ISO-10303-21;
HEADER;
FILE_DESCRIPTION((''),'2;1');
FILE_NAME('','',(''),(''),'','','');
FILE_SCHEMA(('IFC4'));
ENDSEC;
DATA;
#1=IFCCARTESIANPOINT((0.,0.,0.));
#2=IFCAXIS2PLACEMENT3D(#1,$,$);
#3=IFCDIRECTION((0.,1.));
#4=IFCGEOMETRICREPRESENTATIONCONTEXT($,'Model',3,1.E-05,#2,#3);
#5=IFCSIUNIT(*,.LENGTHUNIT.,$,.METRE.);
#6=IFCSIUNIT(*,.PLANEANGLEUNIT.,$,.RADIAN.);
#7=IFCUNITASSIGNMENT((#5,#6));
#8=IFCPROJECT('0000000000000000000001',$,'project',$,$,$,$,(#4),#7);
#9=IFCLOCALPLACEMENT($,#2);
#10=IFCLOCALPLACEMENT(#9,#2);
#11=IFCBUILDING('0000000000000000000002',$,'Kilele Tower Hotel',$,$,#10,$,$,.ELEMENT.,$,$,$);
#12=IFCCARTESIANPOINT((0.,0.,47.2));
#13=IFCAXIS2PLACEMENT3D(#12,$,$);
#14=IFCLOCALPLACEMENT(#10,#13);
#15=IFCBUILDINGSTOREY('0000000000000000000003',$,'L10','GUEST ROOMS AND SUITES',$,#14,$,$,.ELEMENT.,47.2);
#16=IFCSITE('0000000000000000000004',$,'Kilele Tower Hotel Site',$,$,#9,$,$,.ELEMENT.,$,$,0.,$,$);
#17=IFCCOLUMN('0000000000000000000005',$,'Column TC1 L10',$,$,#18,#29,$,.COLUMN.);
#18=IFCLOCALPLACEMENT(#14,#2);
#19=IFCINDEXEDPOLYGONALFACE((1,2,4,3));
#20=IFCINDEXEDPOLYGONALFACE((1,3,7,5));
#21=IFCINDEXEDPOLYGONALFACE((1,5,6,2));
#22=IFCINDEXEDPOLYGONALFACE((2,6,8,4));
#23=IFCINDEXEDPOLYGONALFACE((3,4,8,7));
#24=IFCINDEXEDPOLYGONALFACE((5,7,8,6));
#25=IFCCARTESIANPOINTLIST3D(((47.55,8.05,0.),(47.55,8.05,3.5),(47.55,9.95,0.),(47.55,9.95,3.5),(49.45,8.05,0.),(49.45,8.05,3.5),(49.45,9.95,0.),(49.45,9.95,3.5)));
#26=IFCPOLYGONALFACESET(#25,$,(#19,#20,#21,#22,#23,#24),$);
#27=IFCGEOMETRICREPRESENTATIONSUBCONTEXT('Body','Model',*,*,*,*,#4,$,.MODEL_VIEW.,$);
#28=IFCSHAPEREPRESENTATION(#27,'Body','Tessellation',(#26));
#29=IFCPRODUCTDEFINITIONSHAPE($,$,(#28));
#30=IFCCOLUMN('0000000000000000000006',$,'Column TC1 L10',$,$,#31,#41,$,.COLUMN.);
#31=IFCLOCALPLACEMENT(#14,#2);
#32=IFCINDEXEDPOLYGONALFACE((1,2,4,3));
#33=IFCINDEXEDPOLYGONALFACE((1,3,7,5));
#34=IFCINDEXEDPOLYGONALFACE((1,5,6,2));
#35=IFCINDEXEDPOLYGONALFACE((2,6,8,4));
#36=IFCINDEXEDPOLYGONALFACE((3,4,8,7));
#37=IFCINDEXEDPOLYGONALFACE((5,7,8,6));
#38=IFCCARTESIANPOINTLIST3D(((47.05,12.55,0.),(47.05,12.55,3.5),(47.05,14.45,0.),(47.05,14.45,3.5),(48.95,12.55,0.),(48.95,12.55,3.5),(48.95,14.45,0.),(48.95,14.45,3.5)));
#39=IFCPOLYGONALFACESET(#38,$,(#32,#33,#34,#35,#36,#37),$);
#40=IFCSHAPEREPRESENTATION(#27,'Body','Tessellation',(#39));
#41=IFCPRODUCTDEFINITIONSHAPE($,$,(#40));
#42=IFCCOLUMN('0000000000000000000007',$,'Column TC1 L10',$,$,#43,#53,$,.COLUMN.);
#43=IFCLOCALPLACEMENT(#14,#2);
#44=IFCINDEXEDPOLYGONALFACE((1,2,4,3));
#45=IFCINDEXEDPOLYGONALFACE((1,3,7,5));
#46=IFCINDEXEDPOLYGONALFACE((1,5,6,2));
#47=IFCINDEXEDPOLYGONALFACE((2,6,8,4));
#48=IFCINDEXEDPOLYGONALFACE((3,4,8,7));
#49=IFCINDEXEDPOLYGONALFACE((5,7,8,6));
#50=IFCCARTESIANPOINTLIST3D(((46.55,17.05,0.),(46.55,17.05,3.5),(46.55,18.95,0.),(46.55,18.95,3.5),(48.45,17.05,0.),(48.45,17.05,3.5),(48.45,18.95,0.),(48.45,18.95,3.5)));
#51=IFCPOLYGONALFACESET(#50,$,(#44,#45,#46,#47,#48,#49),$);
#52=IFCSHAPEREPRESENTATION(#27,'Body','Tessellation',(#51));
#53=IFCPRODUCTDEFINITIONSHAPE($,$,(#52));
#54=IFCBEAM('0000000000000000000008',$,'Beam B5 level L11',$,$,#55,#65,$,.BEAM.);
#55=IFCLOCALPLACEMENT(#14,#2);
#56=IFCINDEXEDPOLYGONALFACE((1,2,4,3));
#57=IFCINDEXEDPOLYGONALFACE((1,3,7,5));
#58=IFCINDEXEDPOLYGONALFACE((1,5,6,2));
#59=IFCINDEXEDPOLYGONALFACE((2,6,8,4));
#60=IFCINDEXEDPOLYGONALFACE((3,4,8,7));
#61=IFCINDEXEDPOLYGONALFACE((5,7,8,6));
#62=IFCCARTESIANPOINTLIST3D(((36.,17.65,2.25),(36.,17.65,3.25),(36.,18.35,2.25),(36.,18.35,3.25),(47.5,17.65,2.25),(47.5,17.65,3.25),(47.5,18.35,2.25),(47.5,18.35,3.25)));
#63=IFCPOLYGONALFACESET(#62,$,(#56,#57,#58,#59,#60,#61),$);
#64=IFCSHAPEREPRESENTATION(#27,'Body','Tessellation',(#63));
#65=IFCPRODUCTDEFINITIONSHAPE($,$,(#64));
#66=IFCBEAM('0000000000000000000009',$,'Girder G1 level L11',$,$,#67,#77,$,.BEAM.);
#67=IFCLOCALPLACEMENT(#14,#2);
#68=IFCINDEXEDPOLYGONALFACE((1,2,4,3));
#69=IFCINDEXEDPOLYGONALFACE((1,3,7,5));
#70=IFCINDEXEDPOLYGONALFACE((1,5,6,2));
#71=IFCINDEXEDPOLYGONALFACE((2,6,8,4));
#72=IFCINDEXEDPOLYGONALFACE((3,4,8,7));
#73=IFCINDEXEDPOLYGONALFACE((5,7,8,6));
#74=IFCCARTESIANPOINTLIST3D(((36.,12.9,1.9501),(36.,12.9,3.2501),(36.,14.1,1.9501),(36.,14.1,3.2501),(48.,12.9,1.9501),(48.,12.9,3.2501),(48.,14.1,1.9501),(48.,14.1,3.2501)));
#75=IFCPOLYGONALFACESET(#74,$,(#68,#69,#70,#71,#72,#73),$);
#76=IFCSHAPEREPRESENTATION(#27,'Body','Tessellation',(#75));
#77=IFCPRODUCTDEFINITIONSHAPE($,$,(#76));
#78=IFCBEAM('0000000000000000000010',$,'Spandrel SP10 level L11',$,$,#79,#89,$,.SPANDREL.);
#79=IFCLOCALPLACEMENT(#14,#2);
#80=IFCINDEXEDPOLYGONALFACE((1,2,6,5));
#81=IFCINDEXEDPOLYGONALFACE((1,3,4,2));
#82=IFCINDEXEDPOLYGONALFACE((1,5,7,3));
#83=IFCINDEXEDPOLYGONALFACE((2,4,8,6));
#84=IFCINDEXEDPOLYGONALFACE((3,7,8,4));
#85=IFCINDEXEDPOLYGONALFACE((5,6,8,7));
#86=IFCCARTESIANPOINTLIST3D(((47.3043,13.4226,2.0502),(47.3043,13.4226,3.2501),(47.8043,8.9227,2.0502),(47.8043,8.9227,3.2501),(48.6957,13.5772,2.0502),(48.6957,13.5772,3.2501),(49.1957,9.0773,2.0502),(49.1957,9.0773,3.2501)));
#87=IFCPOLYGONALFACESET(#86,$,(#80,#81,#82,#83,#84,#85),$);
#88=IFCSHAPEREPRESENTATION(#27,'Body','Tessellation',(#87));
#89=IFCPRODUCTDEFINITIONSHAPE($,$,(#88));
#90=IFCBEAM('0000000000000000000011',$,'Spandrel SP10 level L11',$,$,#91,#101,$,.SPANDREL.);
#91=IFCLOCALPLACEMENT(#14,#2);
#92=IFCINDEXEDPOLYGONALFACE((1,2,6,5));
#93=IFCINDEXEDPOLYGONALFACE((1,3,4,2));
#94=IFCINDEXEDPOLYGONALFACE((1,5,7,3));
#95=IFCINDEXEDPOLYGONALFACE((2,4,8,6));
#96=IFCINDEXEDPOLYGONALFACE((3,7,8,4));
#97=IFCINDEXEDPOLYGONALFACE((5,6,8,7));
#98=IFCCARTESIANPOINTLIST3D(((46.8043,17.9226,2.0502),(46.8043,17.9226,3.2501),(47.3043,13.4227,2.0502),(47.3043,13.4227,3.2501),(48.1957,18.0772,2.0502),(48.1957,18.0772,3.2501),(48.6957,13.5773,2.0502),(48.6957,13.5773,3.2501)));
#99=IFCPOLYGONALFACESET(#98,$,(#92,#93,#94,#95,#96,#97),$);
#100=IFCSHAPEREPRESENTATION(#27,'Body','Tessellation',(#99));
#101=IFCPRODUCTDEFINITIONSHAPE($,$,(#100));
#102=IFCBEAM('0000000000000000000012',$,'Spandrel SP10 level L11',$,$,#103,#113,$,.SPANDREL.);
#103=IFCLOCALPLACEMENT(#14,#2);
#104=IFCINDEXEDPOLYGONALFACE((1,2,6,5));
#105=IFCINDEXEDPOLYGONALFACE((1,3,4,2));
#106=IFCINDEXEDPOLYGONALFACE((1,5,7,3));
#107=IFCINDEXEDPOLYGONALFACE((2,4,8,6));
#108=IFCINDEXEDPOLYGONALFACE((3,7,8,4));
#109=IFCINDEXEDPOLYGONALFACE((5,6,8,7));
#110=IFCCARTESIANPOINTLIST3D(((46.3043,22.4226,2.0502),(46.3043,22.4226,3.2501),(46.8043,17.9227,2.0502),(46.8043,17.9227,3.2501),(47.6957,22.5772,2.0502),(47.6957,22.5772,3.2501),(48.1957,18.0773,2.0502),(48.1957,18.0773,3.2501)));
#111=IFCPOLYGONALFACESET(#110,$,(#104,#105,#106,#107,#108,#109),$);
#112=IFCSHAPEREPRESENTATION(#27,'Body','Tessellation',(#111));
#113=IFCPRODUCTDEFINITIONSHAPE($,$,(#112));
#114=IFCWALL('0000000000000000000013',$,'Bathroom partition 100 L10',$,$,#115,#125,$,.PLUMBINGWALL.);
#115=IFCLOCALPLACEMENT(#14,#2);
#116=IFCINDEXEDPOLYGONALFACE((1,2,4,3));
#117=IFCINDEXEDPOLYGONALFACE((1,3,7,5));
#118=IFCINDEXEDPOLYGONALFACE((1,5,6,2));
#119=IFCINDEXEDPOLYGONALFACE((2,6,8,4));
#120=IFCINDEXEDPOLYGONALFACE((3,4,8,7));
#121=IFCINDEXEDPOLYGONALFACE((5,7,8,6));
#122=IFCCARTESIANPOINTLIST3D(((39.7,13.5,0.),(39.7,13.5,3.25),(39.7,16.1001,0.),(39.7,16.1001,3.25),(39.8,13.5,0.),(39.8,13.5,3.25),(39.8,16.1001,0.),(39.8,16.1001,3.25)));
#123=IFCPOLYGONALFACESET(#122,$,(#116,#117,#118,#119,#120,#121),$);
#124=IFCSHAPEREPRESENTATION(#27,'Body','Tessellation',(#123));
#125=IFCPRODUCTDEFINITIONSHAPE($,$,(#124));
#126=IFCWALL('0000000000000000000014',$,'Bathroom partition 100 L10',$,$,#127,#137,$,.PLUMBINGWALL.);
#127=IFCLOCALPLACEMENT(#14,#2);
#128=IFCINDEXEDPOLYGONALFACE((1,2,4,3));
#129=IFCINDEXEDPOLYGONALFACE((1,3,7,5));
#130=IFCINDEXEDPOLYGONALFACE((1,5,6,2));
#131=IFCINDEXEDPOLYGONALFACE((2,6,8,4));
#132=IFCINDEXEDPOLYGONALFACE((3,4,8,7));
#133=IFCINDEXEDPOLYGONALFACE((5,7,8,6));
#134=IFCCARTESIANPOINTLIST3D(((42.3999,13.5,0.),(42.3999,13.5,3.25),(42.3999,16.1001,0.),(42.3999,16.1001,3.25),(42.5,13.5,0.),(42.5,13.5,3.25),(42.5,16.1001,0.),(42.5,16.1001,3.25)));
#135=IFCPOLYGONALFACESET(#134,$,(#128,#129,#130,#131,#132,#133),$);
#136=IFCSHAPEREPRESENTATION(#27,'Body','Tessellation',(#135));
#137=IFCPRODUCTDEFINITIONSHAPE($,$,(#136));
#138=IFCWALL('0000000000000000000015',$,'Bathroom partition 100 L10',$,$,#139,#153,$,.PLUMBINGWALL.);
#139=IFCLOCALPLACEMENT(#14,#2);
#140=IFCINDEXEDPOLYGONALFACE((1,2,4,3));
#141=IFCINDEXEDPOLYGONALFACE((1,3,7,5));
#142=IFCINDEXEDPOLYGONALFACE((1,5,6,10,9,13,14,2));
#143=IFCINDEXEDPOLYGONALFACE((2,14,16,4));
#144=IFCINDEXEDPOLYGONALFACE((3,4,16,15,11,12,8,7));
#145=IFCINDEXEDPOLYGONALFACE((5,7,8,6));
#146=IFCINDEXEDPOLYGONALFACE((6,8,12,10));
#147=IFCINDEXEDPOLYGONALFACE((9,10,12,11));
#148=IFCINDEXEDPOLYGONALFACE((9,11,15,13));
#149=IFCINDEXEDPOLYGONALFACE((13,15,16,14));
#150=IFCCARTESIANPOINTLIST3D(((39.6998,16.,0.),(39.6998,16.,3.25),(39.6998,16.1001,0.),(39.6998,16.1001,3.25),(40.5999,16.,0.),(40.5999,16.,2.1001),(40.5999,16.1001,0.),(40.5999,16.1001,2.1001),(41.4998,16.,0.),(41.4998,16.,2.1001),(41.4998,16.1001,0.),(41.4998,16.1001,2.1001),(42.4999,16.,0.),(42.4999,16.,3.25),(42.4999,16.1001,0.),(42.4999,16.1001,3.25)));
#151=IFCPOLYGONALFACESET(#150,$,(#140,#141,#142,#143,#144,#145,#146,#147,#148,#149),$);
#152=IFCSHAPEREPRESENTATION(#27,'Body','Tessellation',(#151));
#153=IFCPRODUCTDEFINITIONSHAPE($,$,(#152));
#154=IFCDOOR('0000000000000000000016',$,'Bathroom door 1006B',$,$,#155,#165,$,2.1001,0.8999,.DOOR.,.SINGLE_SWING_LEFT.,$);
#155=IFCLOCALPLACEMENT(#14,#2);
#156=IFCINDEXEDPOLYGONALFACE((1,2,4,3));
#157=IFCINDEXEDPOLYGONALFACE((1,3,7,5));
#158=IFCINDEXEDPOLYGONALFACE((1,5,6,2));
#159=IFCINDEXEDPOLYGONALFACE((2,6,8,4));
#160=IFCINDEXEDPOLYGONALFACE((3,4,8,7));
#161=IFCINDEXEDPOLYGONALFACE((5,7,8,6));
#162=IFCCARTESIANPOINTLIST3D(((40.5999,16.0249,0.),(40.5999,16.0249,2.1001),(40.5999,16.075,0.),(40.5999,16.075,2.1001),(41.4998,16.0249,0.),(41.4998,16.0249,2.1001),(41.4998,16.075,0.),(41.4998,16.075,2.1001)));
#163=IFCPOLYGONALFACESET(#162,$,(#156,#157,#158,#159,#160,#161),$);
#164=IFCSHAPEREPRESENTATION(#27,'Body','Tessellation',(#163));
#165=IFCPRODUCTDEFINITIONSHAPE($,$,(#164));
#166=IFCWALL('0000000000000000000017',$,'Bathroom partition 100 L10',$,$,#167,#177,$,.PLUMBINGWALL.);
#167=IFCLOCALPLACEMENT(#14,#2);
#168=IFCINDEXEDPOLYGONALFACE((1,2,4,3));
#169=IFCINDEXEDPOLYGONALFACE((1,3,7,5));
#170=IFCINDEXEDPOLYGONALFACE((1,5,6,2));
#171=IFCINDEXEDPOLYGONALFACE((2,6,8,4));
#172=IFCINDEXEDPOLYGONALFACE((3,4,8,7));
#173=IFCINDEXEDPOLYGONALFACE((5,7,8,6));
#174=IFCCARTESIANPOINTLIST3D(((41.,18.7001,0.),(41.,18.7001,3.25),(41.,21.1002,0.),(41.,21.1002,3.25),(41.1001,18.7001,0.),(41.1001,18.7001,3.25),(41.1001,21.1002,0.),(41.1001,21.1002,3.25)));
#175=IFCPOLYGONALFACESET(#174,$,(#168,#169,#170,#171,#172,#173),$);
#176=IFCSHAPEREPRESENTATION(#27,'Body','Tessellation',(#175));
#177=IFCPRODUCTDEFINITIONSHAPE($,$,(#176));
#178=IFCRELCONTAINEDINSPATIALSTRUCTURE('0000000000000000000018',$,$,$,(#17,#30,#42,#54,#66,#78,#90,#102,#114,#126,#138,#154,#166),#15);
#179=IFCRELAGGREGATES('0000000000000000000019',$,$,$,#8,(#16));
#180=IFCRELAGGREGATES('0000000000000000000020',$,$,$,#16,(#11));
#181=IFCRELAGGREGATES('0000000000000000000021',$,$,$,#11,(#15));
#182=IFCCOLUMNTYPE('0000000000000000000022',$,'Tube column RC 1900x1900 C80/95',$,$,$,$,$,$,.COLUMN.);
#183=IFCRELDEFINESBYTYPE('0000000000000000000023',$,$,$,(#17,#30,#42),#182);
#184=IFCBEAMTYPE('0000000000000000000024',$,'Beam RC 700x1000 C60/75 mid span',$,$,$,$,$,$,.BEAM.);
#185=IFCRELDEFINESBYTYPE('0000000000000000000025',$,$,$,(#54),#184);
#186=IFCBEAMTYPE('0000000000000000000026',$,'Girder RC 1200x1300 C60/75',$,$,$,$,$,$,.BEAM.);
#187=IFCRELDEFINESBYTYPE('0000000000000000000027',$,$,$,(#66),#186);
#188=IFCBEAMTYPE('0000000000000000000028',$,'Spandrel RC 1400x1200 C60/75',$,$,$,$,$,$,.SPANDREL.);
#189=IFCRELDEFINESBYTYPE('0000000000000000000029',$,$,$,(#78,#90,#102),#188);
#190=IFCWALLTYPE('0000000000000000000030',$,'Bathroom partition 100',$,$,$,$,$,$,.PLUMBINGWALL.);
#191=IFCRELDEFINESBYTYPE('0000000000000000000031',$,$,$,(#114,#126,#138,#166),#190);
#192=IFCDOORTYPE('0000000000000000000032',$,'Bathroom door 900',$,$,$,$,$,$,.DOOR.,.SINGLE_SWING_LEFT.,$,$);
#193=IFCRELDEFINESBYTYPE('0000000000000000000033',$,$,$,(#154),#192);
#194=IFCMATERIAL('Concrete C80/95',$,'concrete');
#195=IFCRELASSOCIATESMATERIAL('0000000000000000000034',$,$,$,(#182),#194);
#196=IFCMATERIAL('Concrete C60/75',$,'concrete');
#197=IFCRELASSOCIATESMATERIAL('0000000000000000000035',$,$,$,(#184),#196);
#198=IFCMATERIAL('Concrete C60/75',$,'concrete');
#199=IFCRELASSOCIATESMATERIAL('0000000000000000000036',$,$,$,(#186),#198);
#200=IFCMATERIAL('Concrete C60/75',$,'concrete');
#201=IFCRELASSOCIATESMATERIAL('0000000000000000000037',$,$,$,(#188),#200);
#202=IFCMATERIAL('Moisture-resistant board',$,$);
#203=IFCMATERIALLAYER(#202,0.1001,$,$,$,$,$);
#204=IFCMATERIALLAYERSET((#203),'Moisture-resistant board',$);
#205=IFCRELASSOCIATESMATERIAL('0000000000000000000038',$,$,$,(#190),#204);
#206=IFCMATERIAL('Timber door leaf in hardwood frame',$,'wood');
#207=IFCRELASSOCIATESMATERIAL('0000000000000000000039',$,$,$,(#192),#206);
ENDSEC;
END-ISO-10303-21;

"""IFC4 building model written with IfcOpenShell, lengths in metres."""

from ifc_helpers import new_model, si_unit, direction, frame, frame_2d, origin, origin_2d, place, context, subcontext, project, spatial, rectangle, extrude, material, layer, layer_set, material_profile, profile_set, type_object, element, fill, save


model = new_model("IFC4")

# Units and contexts
model_context = context("Model", 3, precision=1e-05, world=origin(), true_north=direction((0.0, 1.0)))
body_context = subcontext(model_context, "Body", "Model", "MODEL_VIEW")
ifc_project = project(units=[si_unit("LENGTHUNIT", "METRE"), si_unit("PLANEANGLEUNIT", "RADIAN")], contexts=[model_context])

# Site, building, storey
site_placement = place(None, origin())
site = spatial("IfcSite", under=ifc_project, at=site_placement, Name="Kilele Tower Hotel Site", CompositionType="ELEMENT", RefElevation=0.0)
building_placement = place(site_placement, origin())
building = spatial("IfcBuilding", under=site, at=building_placement, Name="Kilele Tower Hotel", CompositionType="ELEMENT")
storey_placement = place(building_placement, frame((0.0, 0.0, 47.2)))
storey = spatial("IfcBuildingStorey", under=building, at=storey_placement, Name="L10", Description="GUEST ROOMS AND SUITES", CompositionType="ELEMENT", Elevation=47.2)

# Columns
ifc_material_1 = material(Name="Concrete C80/95", Category="concrete")
ifc_material_profile_1 = material_profile(ifc_material_1, rectangle(XDim=1.8999, YDim=1.8999, at=origin_2d()))
ifc_profile_set_1 = profile_set([ifc_material_profile_1], Name="Concrete C80/95")
column_type = type_object("IfcColumnType", Name="Tube column RC 1900x1900 C80/95", PredefinedType="COLUMN", material=ifc_profile_set_1)
for number, where, z_axis, x_axis, name in (
    (1, (48.5, 9.0, 0.0), (0.0, 0.0, 1.0), (1.0, 0.0, 0.0), "Column TC1 L10"),
    (2, (48.0, 13.5, 0.0), (0.0, 0.0, 1.0), (1.0, 0.0, 0.0), "Column TC1 L10"),
    (3, (47.5, 18.0, 0.0), (0.0, 0.0, 1.0), (1.0, 0.0, 0.0), "Column TC1 L10"),
):
    element("IfcColumn", number, at=place(storey_placement, frame(where, z_axis=z_axis, x_axis=x_axis)), inside=storey, type_object=column_type, Name=name, PredefinedType="COLUMN", context=body_context, shape_type="SweptSolid", body=[
        extrude(rectangle(XDim=1.8999, YDim=1.8999, at=origin_2d()), origin(), (0.0, 0.0, 1.0), 3.5),
    ])

# Beams
ifc_material_2 = material(Name="Concrete C60/75", Category="concrete")
ifc_material_profile_2 = material_profile(ifc_material_2, rectangle(XDim=0.7, YDim=1.0, at=origin_2d()))
ifc_profile_set_2 = profile_set([ifc_material_profile_2], Name="Concrete C60/75")
beam_type_1 = type_object("IfcBeamType", Name="Beam RC 700x1000 C60/75 mid span", PredefinedType="BEAM", material=ifc_profile_set_2)
beam_1_placement = place(storey_placement, frame((47.5, 18.0, 2.75), z_axis=(-1.0, 0.0, 0.0), x_axis=(0.0, -1.0, 0.0)))
element("IfcBeam", 4, at=beam_1_placement, inside=storey, type_object=beam_type_1, Name="Beam B5 level L11", PredefinedType="BEAM", context=body_context, shape_type="SweptSolid", body=[
    extrude(rectangle(XDim=0.7, YDim=1.0, at=origin_2d()), origin(), (0.0, 0.0, 1.0), 11.5),
])
ifc_material_3 = material(Name="Concrete C60/75", Category="concrete")
ifc_material_profile_3 = material_profile(ifc_material_3, rectangle(XDim=1.2, YDim=1.3, at=origin_2d()))
ifc_profile_set_3 = profile_set([ifc_material_profile_3], Name="Concrete C60/75")
beam_type_2 = type_object("IfcBeamType", Name="Girder RC 1200x1300 C60/75", PredefinedType="BEAM", material=ifc_profile_set_3)
beam_2_placement = place(storey_placement, frame((48.0, 13.5, 2.6001), z_axis=(-1.0, 0.0, 0.0), x_axis=(0.0, -1.0, 0.0)))
element("IfcBeam", 5, at=beam_2_placement, inside=storey, type_object=beam_type_2, Name="Girder G1 level L11", PredefinedType="BEAM", context=body_context, shape_type="SweptSolid", body=[
    extrude(rectangle(XDim=1.2, YDim=1.3, at=origin_2d()), origin(), (0.0, 0.0, 1.0), 12.0),
])
ifc_material_4 = material(Name="Concrete C60/75", Category="concrete")
ifc_material_profile_4 = material_profile(ifc_material_4, rectangle(XDim=1.3999, YDim=1.2, at=origin_2d()))
ifc_profile_set_4 = profile_set([ifc_material_profile_4], Name="Concrete C60/75")
beam_type_3 = type_object("IfcBeamType", Name="Spandrel RC 1400x1200 C60/75", PredefinedType="SPANDREL", material=ifc_profile_set_4)
for number, where, z_axis, x_axis, name in (
    (6, (48.5, 9.0, 2.6501), (-0.110432, 0.993884, 0.0), (-0.993884, -0.110432, 0.0), "Spandrel SP10 level L11"),
    (7, (48.0, 13.5, 2.6501), (-0.110432, 0.993884, 0.0), (-0.993884, -0.110432, 0.0), "Spandrel SP10 level L11"),
    (8, (47.5, 18.0, 2.6501), (-0.110432, 0.993884, 0.0), (-0.993884, -0.110432, 0.0), "Spandrel SP10 level L11"),
):
    element("IfcBeam", number, at=place(storey_placement, frame(where, z_axis=z_axis, x_axis=x_axis)), inside=storey, type_object=beam_type_3, Name=name, PredefinedType="SPANDREL", context=body_context, shape_type="SweptSolid", body=[
        extrude(rectangle(XDim=1.3999, YDim=1.2, at=origin_2d()), origin(), (0.0, 0.0, 1.0), 4.5276),
    ])

# Walls
ifc_material_5 = material(Name="Moisture-resistant board")
ifc_layer_1 = layer(ifc_material_5, 0.1001)
ifc_layer_set_1 = layer_set([ifc_layer_1], Name="Moisture-resistant board")
wall_type_1 = type_object("IfcWallType", Name="Bathroom partition 100", PredefinedType="PLUMBINGWALL", material=ifc_layer_set_1)
for number, where, z_axis, x_axis, name in (
    (9, (39.75, 13.5, 0.0), (0.0, 0.0, 1.0), (0.0, 1.0, 0.0), "Bathroom partition 100 L10"),
    (10, (42.45, 13.5, 0.0), (0.0, 0.0, 1.0), (0.0, 1.0, 0.0), "Bathroom partition 100 L10"),
):
    element("IfcWall", number, at=place(storey_placement, frame(where, z_axis=z_axis, x_axis=x_axis)), inside=storey, type_object=wall_type_1, Name=name, PredefinedType="PLUMBINGWALL", context=body_context, shape_type="SweptSolid", body=[
        extrude(rectangle(XDim=2.6001, YDim=0.1001, at=frame_2d((1.3, 0.0))), origin(), (0.0, 0.0, 1.0), 3.25),
    ])

# Wall, opening, door
wall_1_placement = place(storey_placement, frame((39.7, 16.05, 0.0), z_axis=(0.0, 0.0, 1.0), x_axis=(1.0, 0.0, 0.0)))
wall_1 = element("IfcWall", 11, at=wall_1_placement, inside=storey, type_object=wall_type_1, Name="Bathroom partition 100 L10", PredefinedType="PLUMBINGWALL", context=body_context, shape_type="SweptSolid", body=[
    extrude(rectangle(XDim=2.8, YDim=0.1001, at=frame_2d((1.3999, 0.0))), origin(), (0.0, 0.0, 1.0), 3.25),
])
opening_1_placement = place(wall_1_placement, frame((0.8999, 0.0, 0.0)))
opening_1 = element("IfcOpeningElement", 12, at=opening_1_placement, cuts=wall_1, PredefinedType="OPENING", context=body_context, shape_type="SweptSolid", body=[
    extrude(rectangle(XDim=0.8999, YDim=2.1001, at=frame_2d((0.45, 1.05))), frame((0.0, 0.0601, 0.0), z_axis=(0.0, -1.0, 0.0), x_axis=(1.0, 0.0, 0.0)), (0.0, 0.0, 1.0), 0.1201),
])
ifc_material_6 = material(Name="Timber door leaf in hardwood frame", Category="wood")
door_type_1 = type_object("IfcDoorType", Name="Bathroom door 900", OperationType="SINGLE_SWING_LEFT", PredefinedType="DOOR", material=ifc_material_6)
door_1_placement = place(opening_1_placement, origin())
door_1 = element("IfcDoor", 13, at=door_1_placement, inside=storey, type_object=door_type_1, Name="Bathroom door 1006B", OperationType="SINGLE_SWING_LEFT", OverallHeight=2.1001, OverallWidth=0.8999, PredefinedType="DOOR", context=body_context, shape_type="SweptSolid", body=[
    extrude(rectangle(XDim=0.8999, YDim=2.1001, at=frame_2d((0.45, 1.05))), frame((0.0, 0.0249, 0.0), z_axis=(0.0, -1.0, 0.0), x_axis=(1.0, 0.0, 0.0)), (0.0, 0.0, 1.0), 0.05),
])
fill(opening_1, door_1)

# Wall
wall_2_placement = place(storey_placement, frame((41.05, 18.7, 0.0), z_axis=(0.0, 0.0, 1.0), x_axis=(0.0, 1.0, 0.0)))
element("IfcWall", 14, at=wall_2_placement, inside=storey, type_object=wall_type_1, Name="Bathroom partition 100 L10", PredefinedType="PLUMBINGWALL", context=body_context, shape_type="SweptSolid", body=[
    extrude(rectangle(XDim=2.4001, YDim=0.1001, at=frame_2d((1.2002, 0.0))), origin(), (0.0, 0.0, 1.0), 3.25),
])

save(model, "model.ifc")
